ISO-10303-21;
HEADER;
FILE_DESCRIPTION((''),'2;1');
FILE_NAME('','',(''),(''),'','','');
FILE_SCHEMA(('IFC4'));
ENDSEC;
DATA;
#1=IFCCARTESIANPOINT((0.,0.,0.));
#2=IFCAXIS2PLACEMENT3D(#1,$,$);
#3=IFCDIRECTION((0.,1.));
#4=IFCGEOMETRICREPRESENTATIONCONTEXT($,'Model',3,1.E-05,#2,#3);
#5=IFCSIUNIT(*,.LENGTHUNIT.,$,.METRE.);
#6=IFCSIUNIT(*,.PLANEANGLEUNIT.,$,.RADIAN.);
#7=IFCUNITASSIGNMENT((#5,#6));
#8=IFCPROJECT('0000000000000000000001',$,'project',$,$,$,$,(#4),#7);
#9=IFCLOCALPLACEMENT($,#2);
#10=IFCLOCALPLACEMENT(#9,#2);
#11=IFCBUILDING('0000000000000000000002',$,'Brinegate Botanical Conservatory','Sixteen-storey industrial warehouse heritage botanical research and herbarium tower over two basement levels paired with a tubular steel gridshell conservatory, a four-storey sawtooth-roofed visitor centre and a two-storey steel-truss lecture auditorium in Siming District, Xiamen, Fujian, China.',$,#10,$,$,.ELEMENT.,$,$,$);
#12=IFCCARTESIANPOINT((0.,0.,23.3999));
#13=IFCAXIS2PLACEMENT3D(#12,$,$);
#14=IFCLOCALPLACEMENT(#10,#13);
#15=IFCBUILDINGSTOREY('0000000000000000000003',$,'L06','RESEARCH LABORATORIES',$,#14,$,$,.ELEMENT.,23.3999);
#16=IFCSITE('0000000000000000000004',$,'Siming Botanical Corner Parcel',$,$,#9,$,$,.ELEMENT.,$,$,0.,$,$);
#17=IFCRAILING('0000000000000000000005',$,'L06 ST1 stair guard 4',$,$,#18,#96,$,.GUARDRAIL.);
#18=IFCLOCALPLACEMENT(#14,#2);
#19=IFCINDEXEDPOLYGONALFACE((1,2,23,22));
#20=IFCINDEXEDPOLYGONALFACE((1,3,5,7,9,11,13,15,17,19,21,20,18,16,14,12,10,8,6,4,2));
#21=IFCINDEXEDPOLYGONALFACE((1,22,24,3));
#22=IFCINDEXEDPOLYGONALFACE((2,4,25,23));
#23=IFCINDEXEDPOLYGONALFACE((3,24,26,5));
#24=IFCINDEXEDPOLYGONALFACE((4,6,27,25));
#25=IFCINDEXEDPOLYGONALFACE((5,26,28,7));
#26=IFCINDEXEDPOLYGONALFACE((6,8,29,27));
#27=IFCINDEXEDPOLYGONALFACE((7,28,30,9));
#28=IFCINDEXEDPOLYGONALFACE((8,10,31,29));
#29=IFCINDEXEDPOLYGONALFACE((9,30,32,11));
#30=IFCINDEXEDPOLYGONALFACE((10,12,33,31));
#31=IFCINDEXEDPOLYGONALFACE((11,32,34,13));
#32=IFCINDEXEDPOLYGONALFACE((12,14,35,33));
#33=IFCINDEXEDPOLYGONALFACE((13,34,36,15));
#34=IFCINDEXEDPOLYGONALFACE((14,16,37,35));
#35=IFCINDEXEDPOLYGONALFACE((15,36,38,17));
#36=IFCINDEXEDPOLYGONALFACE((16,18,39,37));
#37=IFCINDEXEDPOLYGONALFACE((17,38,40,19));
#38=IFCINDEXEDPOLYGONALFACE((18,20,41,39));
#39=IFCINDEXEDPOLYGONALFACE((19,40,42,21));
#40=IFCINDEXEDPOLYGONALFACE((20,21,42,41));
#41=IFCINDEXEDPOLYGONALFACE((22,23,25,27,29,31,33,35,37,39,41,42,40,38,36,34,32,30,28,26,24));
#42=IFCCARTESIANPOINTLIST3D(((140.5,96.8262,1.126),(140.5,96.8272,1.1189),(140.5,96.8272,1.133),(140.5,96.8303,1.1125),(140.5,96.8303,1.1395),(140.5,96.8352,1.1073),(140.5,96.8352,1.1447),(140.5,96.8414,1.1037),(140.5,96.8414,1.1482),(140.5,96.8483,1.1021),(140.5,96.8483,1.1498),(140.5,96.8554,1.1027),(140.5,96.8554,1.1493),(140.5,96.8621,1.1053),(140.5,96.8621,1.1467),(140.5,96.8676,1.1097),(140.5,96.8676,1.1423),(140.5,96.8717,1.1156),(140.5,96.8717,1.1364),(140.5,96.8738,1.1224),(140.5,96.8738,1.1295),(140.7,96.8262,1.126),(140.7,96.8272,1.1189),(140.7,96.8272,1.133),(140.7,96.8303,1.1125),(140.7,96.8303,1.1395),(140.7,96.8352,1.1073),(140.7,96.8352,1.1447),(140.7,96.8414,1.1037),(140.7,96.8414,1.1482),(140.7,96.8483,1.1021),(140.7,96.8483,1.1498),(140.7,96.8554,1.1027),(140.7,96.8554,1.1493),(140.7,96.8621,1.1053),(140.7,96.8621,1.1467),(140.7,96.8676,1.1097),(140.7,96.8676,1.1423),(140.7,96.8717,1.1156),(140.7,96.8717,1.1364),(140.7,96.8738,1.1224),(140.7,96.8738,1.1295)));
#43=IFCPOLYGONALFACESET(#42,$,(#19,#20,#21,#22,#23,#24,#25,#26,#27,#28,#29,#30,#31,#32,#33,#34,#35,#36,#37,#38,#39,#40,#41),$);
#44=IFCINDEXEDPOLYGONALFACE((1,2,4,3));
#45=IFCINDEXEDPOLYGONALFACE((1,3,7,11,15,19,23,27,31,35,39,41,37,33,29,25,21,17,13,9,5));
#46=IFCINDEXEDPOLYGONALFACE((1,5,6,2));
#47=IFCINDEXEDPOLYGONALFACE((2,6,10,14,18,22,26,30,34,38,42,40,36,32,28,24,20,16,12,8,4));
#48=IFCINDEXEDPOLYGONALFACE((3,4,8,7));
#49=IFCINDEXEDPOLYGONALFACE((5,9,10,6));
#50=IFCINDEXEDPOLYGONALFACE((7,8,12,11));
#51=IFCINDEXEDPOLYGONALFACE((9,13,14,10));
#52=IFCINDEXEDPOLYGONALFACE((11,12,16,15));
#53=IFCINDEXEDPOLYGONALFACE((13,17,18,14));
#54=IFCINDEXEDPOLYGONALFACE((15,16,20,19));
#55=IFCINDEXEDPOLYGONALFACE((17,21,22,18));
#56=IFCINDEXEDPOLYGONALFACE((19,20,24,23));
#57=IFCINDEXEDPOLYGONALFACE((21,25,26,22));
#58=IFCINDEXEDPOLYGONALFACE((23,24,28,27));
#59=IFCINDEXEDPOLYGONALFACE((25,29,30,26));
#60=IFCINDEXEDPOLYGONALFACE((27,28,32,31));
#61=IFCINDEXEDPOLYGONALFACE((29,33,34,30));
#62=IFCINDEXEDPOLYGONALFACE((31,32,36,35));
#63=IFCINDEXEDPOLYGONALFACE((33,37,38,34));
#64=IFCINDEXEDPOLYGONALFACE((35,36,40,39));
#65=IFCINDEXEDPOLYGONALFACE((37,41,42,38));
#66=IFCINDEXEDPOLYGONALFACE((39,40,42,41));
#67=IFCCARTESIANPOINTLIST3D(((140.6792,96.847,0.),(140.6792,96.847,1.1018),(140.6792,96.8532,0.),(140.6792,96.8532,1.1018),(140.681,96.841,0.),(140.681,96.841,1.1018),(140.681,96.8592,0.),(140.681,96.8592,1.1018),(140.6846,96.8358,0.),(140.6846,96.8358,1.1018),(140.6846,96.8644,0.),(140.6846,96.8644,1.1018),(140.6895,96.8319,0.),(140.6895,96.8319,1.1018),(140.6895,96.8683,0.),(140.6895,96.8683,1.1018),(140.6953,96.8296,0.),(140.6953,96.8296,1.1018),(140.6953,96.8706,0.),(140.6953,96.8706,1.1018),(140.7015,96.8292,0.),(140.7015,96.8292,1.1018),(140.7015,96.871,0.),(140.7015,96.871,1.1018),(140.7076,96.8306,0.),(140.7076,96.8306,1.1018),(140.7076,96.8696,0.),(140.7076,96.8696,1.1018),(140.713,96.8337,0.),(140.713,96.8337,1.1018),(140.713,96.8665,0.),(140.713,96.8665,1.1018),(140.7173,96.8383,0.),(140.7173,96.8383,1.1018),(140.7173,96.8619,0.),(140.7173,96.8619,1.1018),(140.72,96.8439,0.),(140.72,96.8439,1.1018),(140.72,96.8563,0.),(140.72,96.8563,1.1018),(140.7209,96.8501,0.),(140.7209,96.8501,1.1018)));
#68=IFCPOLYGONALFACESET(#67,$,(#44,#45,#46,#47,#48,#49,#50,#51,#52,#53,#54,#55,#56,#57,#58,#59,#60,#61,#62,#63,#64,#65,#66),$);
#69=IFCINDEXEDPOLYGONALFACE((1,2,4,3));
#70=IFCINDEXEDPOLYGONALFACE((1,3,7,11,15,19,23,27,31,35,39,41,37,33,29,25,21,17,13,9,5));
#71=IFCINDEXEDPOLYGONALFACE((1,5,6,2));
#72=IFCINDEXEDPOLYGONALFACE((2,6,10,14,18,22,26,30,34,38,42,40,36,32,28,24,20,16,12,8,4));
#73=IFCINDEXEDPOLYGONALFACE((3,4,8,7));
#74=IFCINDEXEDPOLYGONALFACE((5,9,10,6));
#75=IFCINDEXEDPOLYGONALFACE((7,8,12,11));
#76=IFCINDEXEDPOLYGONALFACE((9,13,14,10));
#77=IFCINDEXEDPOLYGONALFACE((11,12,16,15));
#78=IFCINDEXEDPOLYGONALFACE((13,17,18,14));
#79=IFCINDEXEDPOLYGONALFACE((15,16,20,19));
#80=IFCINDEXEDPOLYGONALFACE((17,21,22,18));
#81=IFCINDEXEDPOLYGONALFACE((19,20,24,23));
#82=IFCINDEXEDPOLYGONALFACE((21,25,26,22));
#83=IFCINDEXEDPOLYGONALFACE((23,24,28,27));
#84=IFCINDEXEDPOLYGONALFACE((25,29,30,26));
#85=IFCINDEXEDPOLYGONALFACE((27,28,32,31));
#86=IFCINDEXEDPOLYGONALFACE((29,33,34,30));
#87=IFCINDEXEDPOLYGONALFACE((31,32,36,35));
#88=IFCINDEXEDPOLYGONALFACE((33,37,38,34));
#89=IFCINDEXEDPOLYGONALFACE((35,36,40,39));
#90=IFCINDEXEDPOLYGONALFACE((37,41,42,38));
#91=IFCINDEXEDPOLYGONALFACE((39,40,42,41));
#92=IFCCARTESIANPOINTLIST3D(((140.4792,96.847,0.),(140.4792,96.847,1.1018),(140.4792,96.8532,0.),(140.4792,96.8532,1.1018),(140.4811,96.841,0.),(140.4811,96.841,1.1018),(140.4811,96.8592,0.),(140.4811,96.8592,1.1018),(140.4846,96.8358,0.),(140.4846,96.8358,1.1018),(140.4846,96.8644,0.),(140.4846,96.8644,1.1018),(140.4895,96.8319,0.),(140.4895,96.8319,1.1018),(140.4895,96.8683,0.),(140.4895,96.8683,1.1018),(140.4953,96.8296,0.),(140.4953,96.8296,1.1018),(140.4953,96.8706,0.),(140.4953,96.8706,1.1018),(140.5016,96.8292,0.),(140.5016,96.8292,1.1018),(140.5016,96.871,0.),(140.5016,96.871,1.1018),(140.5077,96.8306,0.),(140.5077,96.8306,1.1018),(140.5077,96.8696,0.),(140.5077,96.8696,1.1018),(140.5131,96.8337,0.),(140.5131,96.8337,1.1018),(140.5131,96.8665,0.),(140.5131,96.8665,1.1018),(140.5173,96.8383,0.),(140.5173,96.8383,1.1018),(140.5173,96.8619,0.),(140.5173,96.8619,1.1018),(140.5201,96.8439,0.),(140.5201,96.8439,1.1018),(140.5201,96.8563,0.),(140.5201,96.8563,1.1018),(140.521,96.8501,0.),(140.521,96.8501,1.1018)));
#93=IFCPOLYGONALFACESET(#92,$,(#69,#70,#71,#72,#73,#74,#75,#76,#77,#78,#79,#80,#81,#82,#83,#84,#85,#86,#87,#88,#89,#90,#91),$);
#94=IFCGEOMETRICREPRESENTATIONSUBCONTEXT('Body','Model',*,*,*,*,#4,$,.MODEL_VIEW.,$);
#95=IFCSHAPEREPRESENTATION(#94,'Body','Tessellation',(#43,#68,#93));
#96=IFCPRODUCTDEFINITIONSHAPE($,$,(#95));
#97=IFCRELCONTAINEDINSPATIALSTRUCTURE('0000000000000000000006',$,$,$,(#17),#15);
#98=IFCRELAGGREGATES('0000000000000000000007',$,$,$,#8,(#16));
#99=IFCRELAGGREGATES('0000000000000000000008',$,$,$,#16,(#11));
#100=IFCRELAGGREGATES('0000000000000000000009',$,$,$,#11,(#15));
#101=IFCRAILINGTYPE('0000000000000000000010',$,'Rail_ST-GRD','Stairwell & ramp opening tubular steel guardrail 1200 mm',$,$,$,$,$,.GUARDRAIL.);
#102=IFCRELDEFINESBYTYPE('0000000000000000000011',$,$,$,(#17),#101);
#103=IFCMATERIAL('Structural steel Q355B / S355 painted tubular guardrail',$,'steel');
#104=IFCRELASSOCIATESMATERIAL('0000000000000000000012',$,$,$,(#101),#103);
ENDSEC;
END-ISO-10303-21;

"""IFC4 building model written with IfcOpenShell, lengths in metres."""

from ifc_helpers import new_model, si_unit, direction, frame, origin, origin_2d, place, context, subcontext, project, spatial, circle, extrude, material, type_object, element, save


model = new_model("IFC4")

# Units and contexts
model_context = context("Model", 3, precision=1e-05, world=origin(), true_north=direction((0.0, 1.0)))
body_context = subcontext(model_context, "Body", "Model", "MODEL_VIEW")
ifc_project = project(units=[si_unit("LENGTHUNIT", "METRE"), si_unit("PLANEANGLEUNIT", "RADIAN")], contexts=[model_context])

# Site, building, storey
site_placement = place(None, origin())
site = spatial("IfcSite", under=ifc_project, at=site_placement, Name="Siming Botanical Corner Parcel", CompositionType="ELEMENT", RefElevation=0.0)
building_placement = place(site_placement, origin())
building = spatial("IfcBuilding", under=site, at=building_placement, Name="Brinegate Botanical Conservatory", Description="Sixteen-storey industrial warehouse heritage botanical research and herbarium tower over two basement levels paired with a tubular steel gridshell conservatory, a four-storey sawtooth-roofed visitor centre and a two-storey steel-truss lecture auditorium in Siming District, Xiamen, Fujian, China.", CompositionType="ELEMENT")
storey_placement = place(building_placement, frame((0.0, 0.0, 23.3999)))
storey = spatial("IfcBuildingStorey", under=building, at=storey_placement, Name="L06", Description="RESEARCH LABORATORIES", CompositionType="ELEMENT", Elevation=23.3999)

# Railing
ifc_material_1 = material(Name="Structural steel Q355B / S355 painted tubular guardrail", Category="steel")
railing_type_1 = type_object("IfcRailingType", Name="Rail_ST-GRD", Description="Stairwell & ramp opening tubular steel guardrail 1200 mm", PredefinedType="GUARDRAIL", material=ifc_material_1)
railing_1_placement = place(storey_placement, frame((140.7, 96.8501, 0.0)))
element("IfcRailing", 1, at=railing_1_placement, inside=storey, type_object=railing_type_1, Name="L06 ST1 stair guard 4", PredefinedType="GUARDRAIL", context=body_context, shape_type="SweptSolid", body=[
    extrude(circle(Radius=0.0239, at=origin_2d()), frame((0.0, 0.0, 1.126), z_axis=(-1.0, 0.0, 0.0), x_axis=(0.0, -1.0, 0.0)), (0.0, 0.0, 1.0), 0.2),
    extrude(circle(Radius=0.021, at=origin_2d()), origin(), (0.0, 0.0, 1.0), 1.1018),
    extrude(circle(Radius=0.021, at=origin_2d()), frame((-0.2, 0.0, 0.0)), (0.0, 0.0, 1.0), 1.1018),
])

save(model, "model.ifc")
